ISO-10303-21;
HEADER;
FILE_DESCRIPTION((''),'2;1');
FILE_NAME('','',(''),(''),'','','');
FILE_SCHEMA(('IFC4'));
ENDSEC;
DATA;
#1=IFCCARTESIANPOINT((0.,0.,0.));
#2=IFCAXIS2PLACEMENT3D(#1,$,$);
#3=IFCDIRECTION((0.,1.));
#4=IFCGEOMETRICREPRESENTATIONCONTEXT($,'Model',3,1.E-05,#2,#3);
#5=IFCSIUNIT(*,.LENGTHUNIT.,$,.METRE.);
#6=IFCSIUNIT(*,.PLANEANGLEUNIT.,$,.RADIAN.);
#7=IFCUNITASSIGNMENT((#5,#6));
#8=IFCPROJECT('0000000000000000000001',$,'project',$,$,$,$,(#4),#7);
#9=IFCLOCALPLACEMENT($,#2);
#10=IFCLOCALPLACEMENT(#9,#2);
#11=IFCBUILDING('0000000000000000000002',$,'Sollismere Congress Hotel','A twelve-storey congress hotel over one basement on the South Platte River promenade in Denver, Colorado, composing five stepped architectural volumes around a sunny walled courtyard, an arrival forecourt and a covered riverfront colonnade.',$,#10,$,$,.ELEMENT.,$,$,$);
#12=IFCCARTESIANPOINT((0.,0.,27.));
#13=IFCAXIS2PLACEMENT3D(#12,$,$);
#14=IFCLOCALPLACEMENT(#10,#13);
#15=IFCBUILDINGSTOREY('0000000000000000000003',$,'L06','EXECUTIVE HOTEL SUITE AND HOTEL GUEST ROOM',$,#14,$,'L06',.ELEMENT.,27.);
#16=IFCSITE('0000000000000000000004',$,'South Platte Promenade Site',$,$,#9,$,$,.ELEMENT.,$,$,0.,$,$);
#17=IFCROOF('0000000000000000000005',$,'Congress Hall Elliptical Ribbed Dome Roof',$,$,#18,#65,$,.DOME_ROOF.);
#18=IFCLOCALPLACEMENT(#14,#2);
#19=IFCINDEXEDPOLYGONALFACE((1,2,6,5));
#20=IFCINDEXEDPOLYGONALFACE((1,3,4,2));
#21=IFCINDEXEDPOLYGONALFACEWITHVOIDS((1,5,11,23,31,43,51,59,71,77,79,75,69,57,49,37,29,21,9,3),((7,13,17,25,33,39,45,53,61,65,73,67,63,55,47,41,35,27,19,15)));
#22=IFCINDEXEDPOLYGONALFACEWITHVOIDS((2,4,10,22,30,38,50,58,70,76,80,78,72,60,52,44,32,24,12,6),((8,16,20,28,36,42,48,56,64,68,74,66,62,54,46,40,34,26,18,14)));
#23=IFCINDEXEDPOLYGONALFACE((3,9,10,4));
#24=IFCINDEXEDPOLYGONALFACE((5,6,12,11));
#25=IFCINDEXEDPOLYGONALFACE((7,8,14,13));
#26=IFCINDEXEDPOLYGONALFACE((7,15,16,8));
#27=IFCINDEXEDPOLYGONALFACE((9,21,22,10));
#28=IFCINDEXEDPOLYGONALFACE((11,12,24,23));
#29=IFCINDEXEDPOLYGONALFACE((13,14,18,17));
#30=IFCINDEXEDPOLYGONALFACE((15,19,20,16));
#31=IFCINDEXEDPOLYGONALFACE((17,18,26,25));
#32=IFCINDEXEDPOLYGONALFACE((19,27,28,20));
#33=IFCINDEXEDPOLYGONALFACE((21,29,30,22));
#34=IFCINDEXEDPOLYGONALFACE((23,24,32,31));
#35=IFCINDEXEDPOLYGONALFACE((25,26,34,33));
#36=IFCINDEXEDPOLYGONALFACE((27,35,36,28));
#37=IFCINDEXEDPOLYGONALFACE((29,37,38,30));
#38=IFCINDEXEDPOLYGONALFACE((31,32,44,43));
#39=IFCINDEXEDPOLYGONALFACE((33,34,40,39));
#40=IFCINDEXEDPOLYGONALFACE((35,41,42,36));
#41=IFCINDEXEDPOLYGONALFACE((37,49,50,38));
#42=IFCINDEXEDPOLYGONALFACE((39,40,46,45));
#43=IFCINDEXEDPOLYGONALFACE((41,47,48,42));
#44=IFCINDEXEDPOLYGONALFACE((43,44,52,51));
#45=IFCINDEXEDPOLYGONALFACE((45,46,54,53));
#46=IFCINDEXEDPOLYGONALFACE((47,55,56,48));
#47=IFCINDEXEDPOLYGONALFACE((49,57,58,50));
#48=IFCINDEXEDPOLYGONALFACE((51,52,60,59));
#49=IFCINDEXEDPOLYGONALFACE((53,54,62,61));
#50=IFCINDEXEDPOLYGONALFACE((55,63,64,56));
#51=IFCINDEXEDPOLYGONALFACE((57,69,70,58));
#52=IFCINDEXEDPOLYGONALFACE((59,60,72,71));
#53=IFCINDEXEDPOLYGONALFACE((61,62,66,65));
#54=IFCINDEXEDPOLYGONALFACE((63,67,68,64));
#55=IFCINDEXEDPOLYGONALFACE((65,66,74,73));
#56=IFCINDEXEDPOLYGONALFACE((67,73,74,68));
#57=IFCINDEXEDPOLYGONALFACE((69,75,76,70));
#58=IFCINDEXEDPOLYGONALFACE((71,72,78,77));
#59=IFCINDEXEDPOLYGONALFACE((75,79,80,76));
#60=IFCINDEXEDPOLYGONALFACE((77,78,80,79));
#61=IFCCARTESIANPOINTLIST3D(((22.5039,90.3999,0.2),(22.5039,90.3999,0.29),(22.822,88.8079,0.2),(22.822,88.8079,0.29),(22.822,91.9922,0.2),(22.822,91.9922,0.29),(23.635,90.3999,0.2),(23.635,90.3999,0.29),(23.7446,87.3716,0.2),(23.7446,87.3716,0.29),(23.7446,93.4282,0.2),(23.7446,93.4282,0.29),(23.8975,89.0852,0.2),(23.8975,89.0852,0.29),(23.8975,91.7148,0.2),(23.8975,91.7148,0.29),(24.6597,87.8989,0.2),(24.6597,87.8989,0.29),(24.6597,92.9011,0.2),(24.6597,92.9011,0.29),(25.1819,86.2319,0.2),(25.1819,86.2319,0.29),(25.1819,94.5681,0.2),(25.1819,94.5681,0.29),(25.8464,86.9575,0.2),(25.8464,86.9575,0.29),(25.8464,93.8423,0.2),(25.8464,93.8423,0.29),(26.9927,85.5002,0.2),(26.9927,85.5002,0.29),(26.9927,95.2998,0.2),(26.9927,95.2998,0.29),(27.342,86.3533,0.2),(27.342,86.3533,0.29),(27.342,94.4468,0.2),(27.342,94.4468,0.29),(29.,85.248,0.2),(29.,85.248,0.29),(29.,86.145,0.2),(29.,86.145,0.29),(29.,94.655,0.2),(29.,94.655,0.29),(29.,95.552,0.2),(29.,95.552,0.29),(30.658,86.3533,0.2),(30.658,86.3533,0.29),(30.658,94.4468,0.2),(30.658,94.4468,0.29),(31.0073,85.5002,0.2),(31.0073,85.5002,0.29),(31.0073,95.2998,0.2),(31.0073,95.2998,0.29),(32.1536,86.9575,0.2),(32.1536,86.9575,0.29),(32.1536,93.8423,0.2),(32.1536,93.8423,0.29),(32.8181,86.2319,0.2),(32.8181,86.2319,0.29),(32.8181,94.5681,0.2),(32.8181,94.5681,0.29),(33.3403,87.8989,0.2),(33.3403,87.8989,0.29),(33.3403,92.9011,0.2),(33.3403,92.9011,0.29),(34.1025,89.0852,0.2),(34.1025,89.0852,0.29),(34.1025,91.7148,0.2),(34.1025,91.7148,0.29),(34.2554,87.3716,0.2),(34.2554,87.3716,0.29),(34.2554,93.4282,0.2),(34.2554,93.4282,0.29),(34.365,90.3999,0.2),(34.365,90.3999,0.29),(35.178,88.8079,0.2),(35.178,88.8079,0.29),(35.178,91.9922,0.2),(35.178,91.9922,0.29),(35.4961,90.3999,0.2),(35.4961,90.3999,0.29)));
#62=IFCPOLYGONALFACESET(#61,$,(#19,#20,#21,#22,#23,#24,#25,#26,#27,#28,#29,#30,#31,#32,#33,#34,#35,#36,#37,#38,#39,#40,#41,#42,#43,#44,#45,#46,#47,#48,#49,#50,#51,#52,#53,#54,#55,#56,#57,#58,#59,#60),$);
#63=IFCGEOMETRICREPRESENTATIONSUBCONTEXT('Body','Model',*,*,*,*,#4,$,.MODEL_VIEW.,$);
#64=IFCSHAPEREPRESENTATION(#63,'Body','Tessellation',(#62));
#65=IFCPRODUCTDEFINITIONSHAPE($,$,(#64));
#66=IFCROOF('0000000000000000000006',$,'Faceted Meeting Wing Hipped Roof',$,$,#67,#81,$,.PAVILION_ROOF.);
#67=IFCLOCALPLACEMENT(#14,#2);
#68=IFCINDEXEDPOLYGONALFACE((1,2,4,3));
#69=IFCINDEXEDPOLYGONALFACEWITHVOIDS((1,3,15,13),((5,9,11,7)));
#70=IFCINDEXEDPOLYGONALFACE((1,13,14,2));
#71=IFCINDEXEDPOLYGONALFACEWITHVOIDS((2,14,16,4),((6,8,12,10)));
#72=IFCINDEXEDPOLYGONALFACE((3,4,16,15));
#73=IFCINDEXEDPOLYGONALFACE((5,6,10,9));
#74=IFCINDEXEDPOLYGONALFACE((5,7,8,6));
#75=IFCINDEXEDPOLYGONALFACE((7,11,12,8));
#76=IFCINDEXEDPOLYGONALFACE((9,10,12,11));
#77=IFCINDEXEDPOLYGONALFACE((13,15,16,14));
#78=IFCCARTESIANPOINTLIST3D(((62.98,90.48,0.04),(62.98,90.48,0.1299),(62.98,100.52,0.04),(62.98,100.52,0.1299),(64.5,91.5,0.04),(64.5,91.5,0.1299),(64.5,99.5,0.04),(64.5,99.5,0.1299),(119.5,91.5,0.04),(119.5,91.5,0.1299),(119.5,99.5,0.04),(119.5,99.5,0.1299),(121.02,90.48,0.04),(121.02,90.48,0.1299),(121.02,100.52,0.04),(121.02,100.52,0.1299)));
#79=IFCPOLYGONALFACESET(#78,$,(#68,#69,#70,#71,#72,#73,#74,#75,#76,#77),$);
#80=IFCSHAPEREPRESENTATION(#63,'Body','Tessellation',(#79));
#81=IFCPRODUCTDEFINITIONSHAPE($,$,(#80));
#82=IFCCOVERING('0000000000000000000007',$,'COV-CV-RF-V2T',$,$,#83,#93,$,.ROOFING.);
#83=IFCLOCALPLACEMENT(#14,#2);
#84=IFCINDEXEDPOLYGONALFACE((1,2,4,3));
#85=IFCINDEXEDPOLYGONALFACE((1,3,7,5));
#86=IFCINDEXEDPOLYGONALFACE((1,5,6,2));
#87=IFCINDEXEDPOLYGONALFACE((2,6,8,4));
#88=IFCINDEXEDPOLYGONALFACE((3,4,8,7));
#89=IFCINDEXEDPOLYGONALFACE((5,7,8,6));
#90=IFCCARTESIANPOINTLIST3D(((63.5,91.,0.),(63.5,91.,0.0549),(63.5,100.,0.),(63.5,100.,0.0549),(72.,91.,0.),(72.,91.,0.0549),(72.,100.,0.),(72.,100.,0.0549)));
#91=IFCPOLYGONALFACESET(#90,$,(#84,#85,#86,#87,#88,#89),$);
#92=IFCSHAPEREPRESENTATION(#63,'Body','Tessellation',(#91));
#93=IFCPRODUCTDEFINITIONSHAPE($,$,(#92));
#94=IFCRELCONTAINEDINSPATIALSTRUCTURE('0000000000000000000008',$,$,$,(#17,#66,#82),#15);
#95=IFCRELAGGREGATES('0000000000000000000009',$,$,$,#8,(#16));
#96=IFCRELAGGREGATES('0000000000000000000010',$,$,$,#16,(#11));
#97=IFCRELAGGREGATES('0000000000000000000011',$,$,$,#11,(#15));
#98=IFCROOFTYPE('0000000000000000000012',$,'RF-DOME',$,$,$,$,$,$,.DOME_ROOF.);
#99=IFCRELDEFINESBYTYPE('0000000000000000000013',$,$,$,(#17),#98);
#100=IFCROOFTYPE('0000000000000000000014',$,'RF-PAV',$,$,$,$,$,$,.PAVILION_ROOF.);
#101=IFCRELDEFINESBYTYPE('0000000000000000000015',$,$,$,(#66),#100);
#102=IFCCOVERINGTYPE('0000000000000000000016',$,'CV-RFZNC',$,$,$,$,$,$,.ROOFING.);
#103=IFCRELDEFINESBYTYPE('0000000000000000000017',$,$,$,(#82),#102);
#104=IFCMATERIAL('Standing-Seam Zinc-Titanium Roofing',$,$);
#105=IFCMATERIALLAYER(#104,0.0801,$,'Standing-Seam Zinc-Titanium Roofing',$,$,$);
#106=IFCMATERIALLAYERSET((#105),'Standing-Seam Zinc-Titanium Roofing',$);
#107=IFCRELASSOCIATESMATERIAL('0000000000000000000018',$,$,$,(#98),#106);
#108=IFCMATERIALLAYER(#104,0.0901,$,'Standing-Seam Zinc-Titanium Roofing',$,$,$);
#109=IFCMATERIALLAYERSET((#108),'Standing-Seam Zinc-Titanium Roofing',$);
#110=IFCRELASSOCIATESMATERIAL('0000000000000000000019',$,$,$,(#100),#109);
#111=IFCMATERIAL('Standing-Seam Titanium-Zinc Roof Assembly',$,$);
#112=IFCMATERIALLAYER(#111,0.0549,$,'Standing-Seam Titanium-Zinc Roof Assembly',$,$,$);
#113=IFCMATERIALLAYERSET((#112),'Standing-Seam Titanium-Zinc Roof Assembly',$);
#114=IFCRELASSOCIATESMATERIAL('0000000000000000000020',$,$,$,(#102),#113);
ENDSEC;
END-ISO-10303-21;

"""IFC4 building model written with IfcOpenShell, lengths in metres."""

from ifc_helpers import new_model, si_unit, direction, frame, origin, place, context, subcontext, project, spatial, polyline, outline, extrude, material, layer, layer_set, type_object, element, save


model = new_model("IFC4")

# Units and contexts
model_context = context("Model", 3, precision=1e-05, world=origin(), true_north=direction((0.0, 1.0)))
body_context = subcontext(model_context, "Body", "Model", "MODEL_VIEW")
ifc_project = project(units=[si_unit("LENGTHUNIT", "METRE"), si_unit("PLANEANGLEUNIT", "RADIAN")], contexts=[model_context])

# Site, building, storey
site_placement = place(None, origin())
site = spatial("IfcSite", under=ifc_project, at=site_placement, Name="South Platte Promenade Site", CompositionType="ELEMENT", RefElevation=0.0)
building_placement = place(site_placement, origin())
building = spatial("IfcBuilding", under=site, at=building_placement, Name="Sollismere Congress Hotel", Description="A twelve-storey congress hotel over one basement on the South Platte River promenade in Denver, Colorado, composing five stepped architectural volumes around a sunny walled courtyard, an arrival forecourt and a covered riverfront colonnade.", CompositionType="ELEMENT")
storey_placement = place(building_placement, frame((0.0, 0.0, 27.0)))
storey = spatial("IfcBuildingStorey", under=building, at=storey_placement, Name="L06", Description="EXECUTIVE HOTEL SUITE AND HOTEL GUEST ROOM", LongName="L06", CompositionType="ELEMENT", Elevation=27.0)

# Roofs
ifc_material_1 = material(Name="Standing-Seam Zinc-Titanium Roofing")
ifc_layer_1 = layer(ifc_material_1, 0.0801, Name="Standing-Seam Zinc-Titanium Roofing")
ifc_layer_set_1 = layer_set([ifc_layer_1], Name="Standing-Seam Zinc-Titanium Roofing")
roof_type_1 = type_object("IfcRoofType", Name="RF-DOME", PredefinedType="DOME_ROOF", material=ifc_layer_set_1)
roof_1_placement = place(storey_placement, frame((0.0, 0.0, 0.2)))
element("IfcRoof", 1, at=roof_1_placement, inside=storey, type_object=roof_type_1, Name="Congress Hall Elliptical Ribbed Dome Roof", PredefinedType="DOME_ROOF", context=body_context, shape_type="SweptSolid", body=[
    extrude(outline(polyline([(35.4961, 90.3999), (35.178, 91.9922), (34.2554, 93.4282), (32.8181, 94.5681), (31.0073, 95.2998), (29.0, 95.552), (26.9927, 95.2998), (25.1819, 94.5681), (23.7446, 93.4282), (22.822, 91.9922), (22.5039, 90.3999), (22.822, 88.8079), (23.7446, 87.3716), (25.1819, 86.2319), (26.9927, 85.5002), (29.0, 85.248), (31.0073, 85.5002), (32.8181, 86.2319), (34.2554, 87.3716), (35.178, 88.8079), (35.4961, 90.3999)]), holes=[polyline([(34.1025, 89.0852), (33.3403, 87.8989), (32.1536, 86.9575), (30.658, 86.3533), (29.0, 86.145), (27.342, 86.3533), (25.8464, 86.9575), (24.6597, 87.8989), (23.8975, 89.0852), (23.635, 90.3999), (23.8975, 91.7148), (24.6597, 92.9011), (25.8464, 93.8423), (27.342, 94.4468), (29.0, 94.655), (30.658, 94.4468), (32.1536, 93.8423), (33.3403, 92.9011), (34.1025, 91.7148), (34.365, 90.3999), (34.1025, 89.0852)])]), origin(), (0.0, 0.0, 1.0), 0.0901),
])
ifc_layer_2 = layer(ifc_material_1, 0.0901, Name="Standing-Seam Zinc-Titanium Roofing")
ifc_layer_set_2 = layer_set([ifc_layer_2], Name="Standing-Seam Zinc-Titanium Roofing")
roof_type_2 = type_object("IfcRoofType", Name="RF-PAV", PredefinedType="PAVILION_ROOF", material=ifc_layer_set_2)
roof_2_placement = place(storey_placement, frame((0.0, 0.0, 0.04)))
element("IfcRoof", 2, at=roof_2_placement, inside=storey, type_object=roof_type_2, Name="Faceted Meeting Wing Hipped Roof", PredefinedType="PAVILION_ROOF", context=body_context, shape_type="SweptSolid", body=[
    extrude(outline(polyline([(62.98, 90.48), (121.02, 90.48), (121.02, 100.52), (62.98, 100.52), (62.98, 90.48)]), holes=[polyline([(64.5, 99.5), (119.5, 99.5), (119.5, 91.5), (64.5, 91.5), (64.5, 99.5)])]), origin(), (0.0, 0.0, 1.0), 0.0898),
])

# Covering
ifc_material_2 = material(Name="Standing-Seam Titanium-Zinc Roof Assembly")
ifc_layer_3 = layer(ifc_material_2, 0.0549, Name="Standing-Seam Titanium-Zinc Roof Assembly")
ifc_layer_set_3 = layer_set([ifc_layer_3], Name="Standing-Seam Titanium-Zinc Roof Assembly")
covering_type = type_object("IfcCoveringType", Name="CV-RFZNC", PredefinedType="ROOFING", material=ifc_layer_set_3)
covering_placement = place(storey_placement, origin())
element("IfcCovering", 3, at=covering_placement, inside=storey, type_object=covering_type, Name="COV-CV-RF-V2T", PredefinedType="ROOFING", context=body_context, shape_type="SweptSolid", body=[
    extrude(outline(polyline([(63.5, 91.0), (72.0, 91.0), (72.0, 100.0), (63.5, 100.0), (63.5, 91.0)])), origin(), (0.0, 0.0, 1.0), 0.0549),
])

save(model, "model.ifc")
